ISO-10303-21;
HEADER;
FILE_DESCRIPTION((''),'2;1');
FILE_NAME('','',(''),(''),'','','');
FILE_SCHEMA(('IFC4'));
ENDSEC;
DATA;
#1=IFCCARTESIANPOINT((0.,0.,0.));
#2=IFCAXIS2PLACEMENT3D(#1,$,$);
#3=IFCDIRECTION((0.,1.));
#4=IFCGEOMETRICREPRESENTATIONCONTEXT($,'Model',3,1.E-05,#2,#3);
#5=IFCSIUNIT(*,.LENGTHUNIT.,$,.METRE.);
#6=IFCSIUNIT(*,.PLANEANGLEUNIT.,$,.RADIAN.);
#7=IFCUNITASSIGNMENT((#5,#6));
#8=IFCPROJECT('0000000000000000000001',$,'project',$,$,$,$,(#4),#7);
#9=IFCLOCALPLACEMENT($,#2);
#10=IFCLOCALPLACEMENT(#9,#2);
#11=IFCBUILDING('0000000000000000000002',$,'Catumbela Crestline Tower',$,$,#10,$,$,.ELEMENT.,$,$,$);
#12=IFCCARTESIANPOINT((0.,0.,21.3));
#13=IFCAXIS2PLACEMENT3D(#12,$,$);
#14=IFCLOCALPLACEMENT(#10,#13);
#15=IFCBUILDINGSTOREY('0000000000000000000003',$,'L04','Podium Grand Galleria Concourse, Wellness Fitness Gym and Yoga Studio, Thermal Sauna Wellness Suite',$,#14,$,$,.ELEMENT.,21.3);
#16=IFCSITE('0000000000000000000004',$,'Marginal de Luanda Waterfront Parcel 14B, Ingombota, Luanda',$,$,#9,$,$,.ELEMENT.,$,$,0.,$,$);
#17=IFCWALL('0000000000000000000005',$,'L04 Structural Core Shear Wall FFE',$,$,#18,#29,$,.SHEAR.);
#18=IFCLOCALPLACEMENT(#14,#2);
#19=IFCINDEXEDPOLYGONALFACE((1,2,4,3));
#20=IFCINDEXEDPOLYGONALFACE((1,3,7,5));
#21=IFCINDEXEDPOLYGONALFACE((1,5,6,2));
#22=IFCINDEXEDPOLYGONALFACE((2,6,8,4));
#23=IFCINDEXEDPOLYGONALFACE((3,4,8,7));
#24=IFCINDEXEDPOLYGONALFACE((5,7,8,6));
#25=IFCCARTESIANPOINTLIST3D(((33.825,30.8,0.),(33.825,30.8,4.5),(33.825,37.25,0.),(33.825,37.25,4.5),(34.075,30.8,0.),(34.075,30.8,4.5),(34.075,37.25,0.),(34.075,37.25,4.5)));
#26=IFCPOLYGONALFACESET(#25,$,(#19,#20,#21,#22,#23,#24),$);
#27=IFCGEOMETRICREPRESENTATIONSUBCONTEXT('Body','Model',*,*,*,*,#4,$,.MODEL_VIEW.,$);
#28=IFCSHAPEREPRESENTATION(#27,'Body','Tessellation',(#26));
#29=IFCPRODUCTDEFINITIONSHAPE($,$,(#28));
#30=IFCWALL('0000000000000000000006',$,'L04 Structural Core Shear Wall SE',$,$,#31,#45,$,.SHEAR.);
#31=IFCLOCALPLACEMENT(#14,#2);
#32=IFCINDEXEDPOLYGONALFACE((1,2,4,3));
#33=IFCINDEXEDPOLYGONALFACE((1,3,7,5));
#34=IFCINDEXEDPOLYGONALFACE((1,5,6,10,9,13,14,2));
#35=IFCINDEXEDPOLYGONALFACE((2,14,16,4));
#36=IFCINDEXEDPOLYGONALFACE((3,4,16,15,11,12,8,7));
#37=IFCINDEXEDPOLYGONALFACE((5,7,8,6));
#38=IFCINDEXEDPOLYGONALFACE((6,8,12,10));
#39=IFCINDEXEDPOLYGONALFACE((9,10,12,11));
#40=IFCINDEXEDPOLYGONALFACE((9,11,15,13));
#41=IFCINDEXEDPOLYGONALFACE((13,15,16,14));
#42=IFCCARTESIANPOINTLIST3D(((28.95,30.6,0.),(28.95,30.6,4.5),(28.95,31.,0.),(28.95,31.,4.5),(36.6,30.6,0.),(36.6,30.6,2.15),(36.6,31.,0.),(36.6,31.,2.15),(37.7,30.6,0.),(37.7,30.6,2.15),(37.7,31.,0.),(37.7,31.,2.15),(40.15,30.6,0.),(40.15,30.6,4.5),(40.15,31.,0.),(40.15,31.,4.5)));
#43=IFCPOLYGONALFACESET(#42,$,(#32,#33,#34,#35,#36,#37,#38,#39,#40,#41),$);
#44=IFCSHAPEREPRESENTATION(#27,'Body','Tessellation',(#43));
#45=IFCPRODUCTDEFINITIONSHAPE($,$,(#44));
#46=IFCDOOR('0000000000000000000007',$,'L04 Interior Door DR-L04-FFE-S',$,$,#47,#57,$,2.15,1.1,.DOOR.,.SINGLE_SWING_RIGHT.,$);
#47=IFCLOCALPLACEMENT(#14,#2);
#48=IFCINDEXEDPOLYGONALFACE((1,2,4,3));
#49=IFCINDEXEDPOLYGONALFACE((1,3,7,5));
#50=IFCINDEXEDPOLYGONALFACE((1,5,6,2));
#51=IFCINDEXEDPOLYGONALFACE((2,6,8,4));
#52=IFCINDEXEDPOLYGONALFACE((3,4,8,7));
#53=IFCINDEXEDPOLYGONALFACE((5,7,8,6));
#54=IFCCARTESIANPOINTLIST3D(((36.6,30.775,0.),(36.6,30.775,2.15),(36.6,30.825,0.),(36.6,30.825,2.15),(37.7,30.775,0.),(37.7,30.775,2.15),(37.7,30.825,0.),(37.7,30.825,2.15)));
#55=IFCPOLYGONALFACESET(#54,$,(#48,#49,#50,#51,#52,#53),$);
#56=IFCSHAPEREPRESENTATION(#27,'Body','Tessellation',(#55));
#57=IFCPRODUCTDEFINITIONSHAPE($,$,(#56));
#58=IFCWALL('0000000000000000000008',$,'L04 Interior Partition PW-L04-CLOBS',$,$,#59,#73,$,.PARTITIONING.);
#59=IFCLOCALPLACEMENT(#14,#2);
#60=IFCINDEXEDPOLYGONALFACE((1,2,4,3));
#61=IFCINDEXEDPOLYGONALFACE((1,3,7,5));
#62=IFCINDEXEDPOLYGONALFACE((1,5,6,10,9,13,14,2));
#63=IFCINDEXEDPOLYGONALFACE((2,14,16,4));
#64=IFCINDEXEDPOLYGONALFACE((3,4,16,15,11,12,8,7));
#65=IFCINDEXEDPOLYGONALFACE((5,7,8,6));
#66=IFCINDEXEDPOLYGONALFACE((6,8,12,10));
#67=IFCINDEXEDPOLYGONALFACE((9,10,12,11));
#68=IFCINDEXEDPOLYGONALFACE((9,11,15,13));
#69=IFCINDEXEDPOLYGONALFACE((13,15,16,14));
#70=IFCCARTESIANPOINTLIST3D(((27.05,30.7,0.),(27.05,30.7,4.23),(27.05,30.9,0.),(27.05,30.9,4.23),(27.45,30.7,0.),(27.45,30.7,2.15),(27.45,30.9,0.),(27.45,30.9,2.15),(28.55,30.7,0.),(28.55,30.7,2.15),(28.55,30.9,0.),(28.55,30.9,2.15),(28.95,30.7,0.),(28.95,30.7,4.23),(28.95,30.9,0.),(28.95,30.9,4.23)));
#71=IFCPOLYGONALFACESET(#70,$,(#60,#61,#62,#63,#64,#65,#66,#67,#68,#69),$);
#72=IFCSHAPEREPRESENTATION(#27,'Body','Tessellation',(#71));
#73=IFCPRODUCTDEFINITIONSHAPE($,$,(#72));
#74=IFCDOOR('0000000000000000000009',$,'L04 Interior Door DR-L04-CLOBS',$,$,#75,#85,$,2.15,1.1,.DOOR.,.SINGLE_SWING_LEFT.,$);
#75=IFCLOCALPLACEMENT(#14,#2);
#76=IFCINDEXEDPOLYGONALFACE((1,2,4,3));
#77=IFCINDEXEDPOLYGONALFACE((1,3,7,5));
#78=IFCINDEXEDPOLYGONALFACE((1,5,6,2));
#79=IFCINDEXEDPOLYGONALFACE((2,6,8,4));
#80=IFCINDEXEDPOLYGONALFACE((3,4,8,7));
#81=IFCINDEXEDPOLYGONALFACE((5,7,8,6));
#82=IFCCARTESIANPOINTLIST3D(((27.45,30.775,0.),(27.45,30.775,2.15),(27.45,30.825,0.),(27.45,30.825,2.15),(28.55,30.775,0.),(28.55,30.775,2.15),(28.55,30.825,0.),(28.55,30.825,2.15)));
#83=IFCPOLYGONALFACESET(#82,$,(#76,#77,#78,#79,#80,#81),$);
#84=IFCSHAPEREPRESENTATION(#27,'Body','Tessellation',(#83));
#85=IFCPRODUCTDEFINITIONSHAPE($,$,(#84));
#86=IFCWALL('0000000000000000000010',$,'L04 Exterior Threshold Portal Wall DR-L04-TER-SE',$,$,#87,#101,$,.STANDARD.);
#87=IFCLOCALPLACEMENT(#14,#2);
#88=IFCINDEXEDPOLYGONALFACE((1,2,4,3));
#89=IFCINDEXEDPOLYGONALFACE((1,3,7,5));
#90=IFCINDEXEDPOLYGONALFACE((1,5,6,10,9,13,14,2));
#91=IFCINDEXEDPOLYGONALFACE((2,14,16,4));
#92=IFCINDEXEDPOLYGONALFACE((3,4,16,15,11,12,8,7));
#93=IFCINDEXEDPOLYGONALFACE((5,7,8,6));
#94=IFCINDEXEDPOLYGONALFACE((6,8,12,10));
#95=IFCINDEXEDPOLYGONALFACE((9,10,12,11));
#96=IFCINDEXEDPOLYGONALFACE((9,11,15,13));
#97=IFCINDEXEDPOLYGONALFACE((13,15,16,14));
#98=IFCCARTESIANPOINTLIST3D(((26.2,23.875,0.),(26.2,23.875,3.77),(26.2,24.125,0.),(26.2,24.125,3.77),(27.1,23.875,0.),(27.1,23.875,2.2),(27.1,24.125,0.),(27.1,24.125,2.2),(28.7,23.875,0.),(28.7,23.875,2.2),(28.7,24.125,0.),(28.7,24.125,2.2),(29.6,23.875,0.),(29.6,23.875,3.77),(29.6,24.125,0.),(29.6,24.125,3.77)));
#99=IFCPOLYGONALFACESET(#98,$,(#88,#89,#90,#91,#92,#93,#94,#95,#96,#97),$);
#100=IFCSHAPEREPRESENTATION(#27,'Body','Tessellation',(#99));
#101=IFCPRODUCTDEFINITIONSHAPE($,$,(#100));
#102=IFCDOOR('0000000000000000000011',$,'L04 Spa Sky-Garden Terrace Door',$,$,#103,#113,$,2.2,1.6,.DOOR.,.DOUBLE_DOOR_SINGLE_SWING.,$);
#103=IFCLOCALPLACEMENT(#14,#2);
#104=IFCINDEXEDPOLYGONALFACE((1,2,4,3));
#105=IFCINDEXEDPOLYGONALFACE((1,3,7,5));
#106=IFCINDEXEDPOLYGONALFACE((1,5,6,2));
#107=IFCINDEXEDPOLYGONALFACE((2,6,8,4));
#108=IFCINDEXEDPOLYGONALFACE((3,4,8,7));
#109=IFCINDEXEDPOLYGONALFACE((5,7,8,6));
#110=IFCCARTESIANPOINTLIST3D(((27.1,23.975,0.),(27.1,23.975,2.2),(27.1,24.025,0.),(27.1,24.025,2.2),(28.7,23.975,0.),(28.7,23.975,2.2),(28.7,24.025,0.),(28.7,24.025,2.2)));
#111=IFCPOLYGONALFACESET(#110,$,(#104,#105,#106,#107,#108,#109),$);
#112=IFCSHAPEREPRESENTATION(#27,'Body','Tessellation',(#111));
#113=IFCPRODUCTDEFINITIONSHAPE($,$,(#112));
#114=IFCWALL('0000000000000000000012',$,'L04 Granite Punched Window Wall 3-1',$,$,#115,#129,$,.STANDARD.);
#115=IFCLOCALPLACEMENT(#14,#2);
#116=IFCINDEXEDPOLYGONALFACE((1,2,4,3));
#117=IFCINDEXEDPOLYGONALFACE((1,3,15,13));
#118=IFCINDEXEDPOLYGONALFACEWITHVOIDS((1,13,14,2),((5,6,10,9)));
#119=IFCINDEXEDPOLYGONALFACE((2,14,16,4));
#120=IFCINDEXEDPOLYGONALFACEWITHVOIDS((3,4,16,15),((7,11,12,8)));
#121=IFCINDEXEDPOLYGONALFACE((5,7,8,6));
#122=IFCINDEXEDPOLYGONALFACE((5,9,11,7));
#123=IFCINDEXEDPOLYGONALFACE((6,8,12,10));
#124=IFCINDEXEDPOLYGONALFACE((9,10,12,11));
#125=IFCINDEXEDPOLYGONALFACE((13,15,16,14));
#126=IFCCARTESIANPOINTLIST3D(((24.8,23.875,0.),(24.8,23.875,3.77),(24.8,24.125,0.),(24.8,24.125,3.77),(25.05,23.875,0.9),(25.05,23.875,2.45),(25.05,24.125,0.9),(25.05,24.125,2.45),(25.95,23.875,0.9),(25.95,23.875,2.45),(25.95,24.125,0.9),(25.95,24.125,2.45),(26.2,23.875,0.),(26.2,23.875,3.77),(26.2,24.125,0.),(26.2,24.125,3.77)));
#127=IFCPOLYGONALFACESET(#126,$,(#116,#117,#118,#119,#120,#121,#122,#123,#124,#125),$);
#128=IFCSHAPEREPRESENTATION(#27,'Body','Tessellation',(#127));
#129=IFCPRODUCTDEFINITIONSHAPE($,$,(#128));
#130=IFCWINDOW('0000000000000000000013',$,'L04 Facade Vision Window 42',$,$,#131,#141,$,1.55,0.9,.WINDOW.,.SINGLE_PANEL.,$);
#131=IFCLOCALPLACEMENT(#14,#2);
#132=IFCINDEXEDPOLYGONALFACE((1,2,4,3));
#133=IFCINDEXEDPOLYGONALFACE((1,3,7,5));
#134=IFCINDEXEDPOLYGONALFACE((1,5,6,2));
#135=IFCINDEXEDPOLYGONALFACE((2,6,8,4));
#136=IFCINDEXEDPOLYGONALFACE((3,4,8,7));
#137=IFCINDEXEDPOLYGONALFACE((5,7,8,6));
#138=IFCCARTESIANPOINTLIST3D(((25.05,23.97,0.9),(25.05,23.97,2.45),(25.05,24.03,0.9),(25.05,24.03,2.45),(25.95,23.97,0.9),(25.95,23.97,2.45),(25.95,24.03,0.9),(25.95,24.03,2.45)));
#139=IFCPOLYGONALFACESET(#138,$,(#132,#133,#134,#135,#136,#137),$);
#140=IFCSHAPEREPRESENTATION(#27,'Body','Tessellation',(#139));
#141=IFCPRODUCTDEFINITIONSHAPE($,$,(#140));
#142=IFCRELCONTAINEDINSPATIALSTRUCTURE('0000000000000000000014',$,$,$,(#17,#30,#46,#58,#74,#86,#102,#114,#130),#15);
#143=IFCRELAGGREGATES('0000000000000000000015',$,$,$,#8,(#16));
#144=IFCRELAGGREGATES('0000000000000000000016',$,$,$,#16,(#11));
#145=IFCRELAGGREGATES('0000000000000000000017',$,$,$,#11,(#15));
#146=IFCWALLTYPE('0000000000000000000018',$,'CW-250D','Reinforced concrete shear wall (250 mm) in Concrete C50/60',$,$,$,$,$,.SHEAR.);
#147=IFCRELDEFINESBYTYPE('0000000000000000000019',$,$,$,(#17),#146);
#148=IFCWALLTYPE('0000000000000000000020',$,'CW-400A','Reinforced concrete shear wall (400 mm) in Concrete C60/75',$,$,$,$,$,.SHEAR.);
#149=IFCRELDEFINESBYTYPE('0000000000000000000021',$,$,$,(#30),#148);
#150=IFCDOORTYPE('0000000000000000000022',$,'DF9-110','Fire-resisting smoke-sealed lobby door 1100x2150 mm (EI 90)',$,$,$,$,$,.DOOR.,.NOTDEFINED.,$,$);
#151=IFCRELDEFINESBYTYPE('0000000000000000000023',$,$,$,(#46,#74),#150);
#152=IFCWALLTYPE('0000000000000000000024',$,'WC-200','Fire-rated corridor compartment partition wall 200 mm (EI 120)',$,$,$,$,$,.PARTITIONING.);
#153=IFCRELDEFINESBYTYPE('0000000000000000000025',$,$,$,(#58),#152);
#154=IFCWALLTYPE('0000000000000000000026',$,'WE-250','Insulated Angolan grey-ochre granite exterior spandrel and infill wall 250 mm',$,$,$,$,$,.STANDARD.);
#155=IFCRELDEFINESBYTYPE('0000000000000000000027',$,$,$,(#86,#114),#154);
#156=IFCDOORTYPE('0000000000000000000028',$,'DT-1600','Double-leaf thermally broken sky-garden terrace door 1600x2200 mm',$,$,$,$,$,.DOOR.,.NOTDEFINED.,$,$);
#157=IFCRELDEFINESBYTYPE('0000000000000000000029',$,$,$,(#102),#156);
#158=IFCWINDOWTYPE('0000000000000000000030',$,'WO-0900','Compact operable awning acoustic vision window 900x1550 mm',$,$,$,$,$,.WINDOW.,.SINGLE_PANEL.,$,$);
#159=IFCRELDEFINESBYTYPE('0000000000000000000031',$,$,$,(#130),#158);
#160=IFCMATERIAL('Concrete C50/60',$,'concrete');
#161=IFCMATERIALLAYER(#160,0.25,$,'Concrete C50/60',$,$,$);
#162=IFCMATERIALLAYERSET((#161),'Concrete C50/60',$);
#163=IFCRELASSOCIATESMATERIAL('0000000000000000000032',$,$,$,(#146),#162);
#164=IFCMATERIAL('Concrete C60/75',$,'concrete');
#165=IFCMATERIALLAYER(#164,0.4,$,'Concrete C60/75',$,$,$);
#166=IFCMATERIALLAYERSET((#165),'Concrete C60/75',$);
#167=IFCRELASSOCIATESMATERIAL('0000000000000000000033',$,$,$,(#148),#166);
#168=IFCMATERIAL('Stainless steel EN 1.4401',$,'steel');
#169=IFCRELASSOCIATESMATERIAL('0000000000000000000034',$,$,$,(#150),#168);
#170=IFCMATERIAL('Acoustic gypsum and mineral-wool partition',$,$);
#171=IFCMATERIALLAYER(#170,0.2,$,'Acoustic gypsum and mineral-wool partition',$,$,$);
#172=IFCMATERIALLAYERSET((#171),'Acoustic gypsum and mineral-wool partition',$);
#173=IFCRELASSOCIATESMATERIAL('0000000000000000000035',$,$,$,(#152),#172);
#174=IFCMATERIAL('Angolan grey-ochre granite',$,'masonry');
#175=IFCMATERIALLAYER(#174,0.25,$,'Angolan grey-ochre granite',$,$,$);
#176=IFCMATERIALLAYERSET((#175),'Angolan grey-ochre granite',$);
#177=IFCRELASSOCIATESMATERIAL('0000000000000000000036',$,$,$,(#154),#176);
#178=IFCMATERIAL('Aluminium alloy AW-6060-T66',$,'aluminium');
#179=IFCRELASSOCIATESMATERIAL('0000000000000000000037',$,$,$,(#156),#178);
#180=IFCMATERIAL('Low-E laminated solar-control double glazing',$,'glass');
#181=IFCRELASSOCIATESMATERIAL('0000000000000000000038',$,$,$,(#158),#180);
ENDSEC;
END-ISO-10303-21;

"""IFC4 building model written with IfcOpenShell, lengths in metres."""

from ifc_helpers import new_model, si_unit, direction, frame, frame_2d, origin, place, context, subcontext, project, spatial, rectangle, extrude, material, layer, layer_set, type_object, element, fill, save


model = new_model("IFC4")

# Units and contexts
model_context = context("Model", 3, precision=1e-05, world=origin(), true_north=direction((0.0, 1.0)))
body_context = subcontext(model_context, "Body", "Model", "MODEL_VIEW")
ifc_project = project(units=[si_unit("LENGTHUNIT", "METRE"), si_unit("PLANEANGLEUNIT", "RADIAN")], contexts=[model_context])

# Site, building, storey
site_placement = place(None, origin())
site = spatial("IfcSite", under=ifc_project, at=site_placement, Name="Marginal de Luanda Waterfront Parcel 14B, Ingombota, Luanda", CompositionType="ELEMENT", RefElevation=0.0)
building_placement = place(site_placement, origin())
building = spatial("IfcBuilding", under=site, at=building_placement, Name="Catumbela Crestline Tower", CompositionType="ELEMENT")
storey_placement = place(building_placement, frame((0.0, 0.0, 21.3)))
storey = spatial("IfcBuildingStorey", under=building, at=storey_placement, Name="L04", Description="Podium Grand Galleria Concourse, Wellness Fitness Gym and Yoga Studio, Thermal Sauna Wellness Suite", CompositionType="ELEMENT", Elevation=21.3)

# Shared definitions
ifc_material_1 = material(Name="Concrete C60/75", Category="concrete")

# Shared definitions
ifc_material_2 = material(Name="Aluminium alloy AW-6060-T66", Category="aluminium")

# Shared definitions
ifc_material_3 = material(Name="Low-E laminated solar-control double glazing", Category="glass")

# Wall
ifc_material_4 = material(Name="Concrete C50/60", Category="concrete")
ifc_layer_1 = layer(ifc_material_4, 0.25, Name="Concrete C50/60")
ifc_layer_set_1 = layer_set([ifc_layer_1], Name="Concrete C50/60")
wall_type_1 = type_object("IfcWallType", Name="CW-250D", Description="Reinforced concrete shear wall (250 mm) in Concrete C50/60", PredefinedType="SHEAR", material=ifc_layer_set_1)
wall_1_placement = place(storey_placement, frame((33.95, 30.8, 0.0), z_axis=(0.0, 0.0, 1.0), x_axis=(0.0, 1.0, 0.0)))
element("IfcWall", 1, at=wall_1_placement, inside=storey, type_object=wall_type_1, Name="L04 Structural Core Shear Wall FFE", PredefinedType="SHEAR", context=body_context, shape_type="SweptSolid", body=[
    extrude(rectangle(XDim=6.45, YDim=0.25, at=frame_2d((3.225, 0.0))), origin(), (0.0, 0.0, 1.0), 4.5),
])

# Walls, openings, doors
ifc_layer_2 = layer(ifc_material_1, 0.4, Name="Concrete C60/75")
ifc_layer_set_2 = layer_set([ifc_layer_2], Name="Concrete C60/75")
wall_type_2 = type_object("IfcWallType", Name="CW-400A", Description="Reinforced concrete shear wall (400 mm) in Concrete C60/75", PredefinedType="SHEAR", material=ifc_layer_set_2)
wall_2_placement = place(storey_placement, frame((28.95, 30.8, 0.0), z_axis=(0.0, 0.0, 1.0), x_axis=(1.0, 0.0, 0.0)))
wall_2 = element("IfcWall", 2, at=wall_2_placement, inside=storey, type_object=wall_type_2, Name="L04 Structural Core Shear Wall SE", PredefinedType="SHEAR", context=body_context, shape_type="SweptSolid", body=[
    extrude(rectangle(XDim=11.2, YDim=0.4, at=frame_2d((5.6, 0.0))), origin(), (0.0, 0.0, 1.0), 4.5),
])
opening_1_placement = place(wall_2_placement, frame((7.65, 0.0, 0.0)))
opening_1 = element("IfcOpeningElement", 3, at=opening_1_placement, cuts=wall_2, PredefinedType="OPENING", context=body_context, shape_type="SweptSolid", body=[
    extrude(rectangle(XDim=1.1, YDim=2.15, at=frame_2d((0.55, 1.075))), frame((0.0, 0.21, 0.0), z_axis=(0.0, -1.0, 0.0), x_axis=(1.0, 0.0, 0.0)), (0.0, 0.0, 1.0), 0.42),
])
ifc_material_5 = material(Name="Stainless steel EN 1.4401", Category="steel")
door_type_1 = type_object("IfcDoorType", Name="DF9-110", Description="Fire-resisting smoke-sealed lobby door 1100x2150 mm (EI 90)", OperationType="NOTDEFINED", PredefinedType="DOOR", material=ifc_material_5)
door_1_placement = place(opening_1_placement, origin())
door_1 = element("IfcDoor", 4, at=door_1_placement, inside=storey, type_object=door_type_1, Name="L04 Interior Door DR-L04-FFE-S", OperationType="SINGLE_SWING_RIGHT", OverallHeight=2.15, OverallWidth=1.1, PredefinedType="DOOR", context=body_context, shape_type="SweptSolid", body=[
    extrude(rectangle(XDim=1.1, YDim=2.15, at=frame_2d((0.55, 1.075))), frame((0.0, 0.025, 0.0), z_axis=(0.0, -1.0, 0.0), x_axis=(1.0, 0.0, 0.0)), (0.0, 0.0, 1.0), 0.05),
])
fill(opening_1, door_1)
ifc_material_6 = material(Name="Acoustic gypsum and mineral-wool partition")
ifc_layer_3 = layer(ifc_material_6, 0.2, Name="Acoustic gypsum and mineral-wool partition")
ifc_layer_set_3 = layer_set([ifc_layer_3], Name="Acoustic gypsum and mineral-wool partition")
wall_type_3 = type_object("IfcWallType", Name="WC-200", Description="Fire-rated corridor compartment partition wall 200 mm (EI 120)", PredefinedType="PARTITIONING", material=ifc_layer_set_3)
wall_3_placement = place(storey_placement, frame((27.05, 30.8, 0.0), z_axis=(0.0, 0.0, 1.0), x_axis=(1.0, 0.0, 0.0)))
wall_3 = element("IfcWall", 5, at=wall_3_placement, inside=storey, type_object=wall_type_3, Name="L04 Interior Partition PW-L04-CLOBS", PredefinedType="PARTITIONING", context=body_context, shape_type="SweptSolid", body=[
    extrude(rectangle(XDim=1.9, YDim=0.2, at=frame_2d((0.95, 0.0))), origin(), (0.0, 0.0, 1.0), 4.23),
])
opening_2_placement = place(wall_3_placement, frame((0.4, 0.0, 0.0)))
opening_2 = element("IfcOpeningElement", 6, at=opening_2_placement, cuts=wall_3, PredefinedType="OPENING", context=body_context, shape_type="SweptSolid", body=[
    extrude(rectangle(XDim=1.1, YDim=2.15, at=frame_2d((0.55, 1.075))), frame((0.0, 0.11, 0.0), z_axis=(0.0, -1.0, 0.0), x_axis=(1.0, 0.0, 0.0)), (0.0, 0.0, 1.0), 0.22),
])
door_2_placement = place(opening_2_placement, origin())
door_2 = element("IfcDoor", 7, at=door_2_placement, inside=storey, type_object=door_type_1, Name="L04 Interior Door DR-L04-CLOBS", OperationType="SINGLE_SWING_LEFT", OverallHeight=2.15, OverallWidth=1.1, PredefinedType="DOOR", context=body_context, shape_type="SweptSolid", body=[
    extrude(rectangle(XDim=1.1, YDim=2.15, at=frame_2d((0.55, 1.075))), frame((0.0, 0.025, 0.0), z_axis=(0.0, -1.0, 0.0), x_axis=(1.0, 0.0, 0.0)), (0.0, 0.0, 1.0), 0.05),
])
fill(opening_2, door_2)
ifc_material_7 = material(Name="Angolan grey-ochre granite", Category="masonry")
ifc_layer_4 = layer(ifc_material_7, 0.25, Name="Angolan grey-ochre granite")
ifc_layer_set_4 = layer_set([ifc_layer_4], Name="Angolan grey-ochre granite")
wall_type_4 = type_object("IfcWallType", Name="WE-250", Description="Insulated Angolan grey-ochre granite exterior spandrel and infill wall 250 mm", PredefinedType="STANDARD", material=ifc_layer_set_4)
wall_4_placement = place(storey_placement, frame((26.2, 24.0, 0.0), z_axis=(0.0, 0.0, 1.0), x_axis=(1.0, 0.0, 0.0)))
wall_4 = element("IfcWall", 8, at=wall_4_placement, inside=storey, type_object=wall_type_4, Name="L04 Exterior Threshold Portal Wall DR-L04-TER-SE", PredefinedType="STANDARD", context=body_context, shape_type="SweptSolid", body=[
    extrude(rectangle(XDim=3.4, YDim=0.25, at=frame_2d((1.7, 0.0))), origin(), (0.0, 0.0, 1.0), 3.77),
])
opening_3_placement = place(wall_4_placement, frame((0.9, 0.0, 0.0)))
opening_3 = element("IfcOpeningElement", 9, at=opening_3_placement, cuts=wall_4, PredefinedType="OPENING", context=body_context, shape_type="SweptSolid", body=[
    extrude(rectangle(XDim=1.6, YDim=2.2, at=frame_2d((0.8, 1.1))), frame((0.0, 0.135, 0.0), z_axis=(0.0, -1.0, 0.0), x_axis=(1.0, 0.0, 0.0)), (0.0, 0.0, 1.0), 0.27),
])
door_type_2 = type_object("IfcDoorType", Name="DT-1600", Description="Double-leaf thermally broken sky-garden terrace door 1600x2200 mm", OperationType="NOTDEFINED", PredefinedType="DOOR", material=ifc_material_2)
door_3_placement = place(opening_3_placement, origin())
door_3 = element("IfcDoor", 10, at=door_3_placement, inside=storey, type_object=door_type_2, Name="L04 Spa Sky-Garden Terrace Door", OperationType="DOUBLE_DOOR_SINGLE_SWING", OverallHeight=2.2, OverallWidth=1.6, PredefinedType="DOOR", context=body_context, shape_type="SweptSolid", body=[
    extrude(rectangle(XDim=1.6, YDim=2.2, at=frame_2d((0.8, 1.1))), frame((0.0, 0.025, 0.0), z_axis=(0.0, -1.0, 0.0), x_axis=(1.0, 0.0, 0.0)), (0.0, 0.0, 1.0), 0.05),
])
fill(opening_3, door_3)

# Wall, opening, window
wall_5_placement = place(storey_placement, frame((24.8, 24.0, 0.0), z_axis=(0.0, 0.0, 1.0), x_axis=(1.0, 0.0, 0.0)))
wall_5 = element("IfcWall", 11, at=wall_5_placement, inside=storey, type_object=wall_type_4, Name="L04 Granite Punched Window Wall 3-1", PredefinedType="STANDARD", context=body_context, shape_type="SweptSolid", body=[
    extrude(rectangle(XDim=1.4, YDim=0.25, at=frame_2d((0.7, 0.0))), origin(), (0.0, 0.0, 1.0), 3.77),
])
opening_4_placement = place(wall_5_placement, frame((0.25, 0.0, 0.9)))
opening_4 = element("IfcOpeningElement", 12, at=opening_4_placement, cuts=wall_5, PredefinedType="OPENING", context=body_context, shape_type="SweptSolid", body=[
    extrude(rectangle(XDim=0.9, YDim=1.55, at=frame_2d((0.45, 0.775))), frame((0.0, 0.135, 0.0), z_axis=(0.0, -1.0, 0.0), x_axis=(1.0, 0.0, 0.0)), (0.0, 0.0, 1.0), 0.27),
])
window_type_1 = type_object("IfcWindowType", Name="WO-0900", Description="Compact operable awning acoustic vision window 900x1550 mm", PartitioningType="SINGLE_PANEL", PredefinedType="WINDOW", material=ifc_material_3)
window_1_placement = place(opening_4_placement, origin())
window_1 = element("IfcWindow", 13, at=window_1_placement, inside=storey, type_object=window_type_1, Name="L04 Facade Vision Window 42", OverallHeight=1.55, OverallWidth=0.9, PartitioningType="SINGLE_PANEL", PredefinedType="WINDOW", context=body_context, shape_type="SweptSolid", body=[
    extrude(rectangle(XDim=0.9, YDim=1.55, at=frame_2d((0.45, 0.775))), frame((0.0, 0.03, 0.0), z_axis=(0.0, -1.0, 0.0), x_axis=(1.0, 0.0, 0.0)), (0.0, 0.0, 1.0), 0.06),
])
fill(opening_4, window_1)

save(model, "model.ifc")
